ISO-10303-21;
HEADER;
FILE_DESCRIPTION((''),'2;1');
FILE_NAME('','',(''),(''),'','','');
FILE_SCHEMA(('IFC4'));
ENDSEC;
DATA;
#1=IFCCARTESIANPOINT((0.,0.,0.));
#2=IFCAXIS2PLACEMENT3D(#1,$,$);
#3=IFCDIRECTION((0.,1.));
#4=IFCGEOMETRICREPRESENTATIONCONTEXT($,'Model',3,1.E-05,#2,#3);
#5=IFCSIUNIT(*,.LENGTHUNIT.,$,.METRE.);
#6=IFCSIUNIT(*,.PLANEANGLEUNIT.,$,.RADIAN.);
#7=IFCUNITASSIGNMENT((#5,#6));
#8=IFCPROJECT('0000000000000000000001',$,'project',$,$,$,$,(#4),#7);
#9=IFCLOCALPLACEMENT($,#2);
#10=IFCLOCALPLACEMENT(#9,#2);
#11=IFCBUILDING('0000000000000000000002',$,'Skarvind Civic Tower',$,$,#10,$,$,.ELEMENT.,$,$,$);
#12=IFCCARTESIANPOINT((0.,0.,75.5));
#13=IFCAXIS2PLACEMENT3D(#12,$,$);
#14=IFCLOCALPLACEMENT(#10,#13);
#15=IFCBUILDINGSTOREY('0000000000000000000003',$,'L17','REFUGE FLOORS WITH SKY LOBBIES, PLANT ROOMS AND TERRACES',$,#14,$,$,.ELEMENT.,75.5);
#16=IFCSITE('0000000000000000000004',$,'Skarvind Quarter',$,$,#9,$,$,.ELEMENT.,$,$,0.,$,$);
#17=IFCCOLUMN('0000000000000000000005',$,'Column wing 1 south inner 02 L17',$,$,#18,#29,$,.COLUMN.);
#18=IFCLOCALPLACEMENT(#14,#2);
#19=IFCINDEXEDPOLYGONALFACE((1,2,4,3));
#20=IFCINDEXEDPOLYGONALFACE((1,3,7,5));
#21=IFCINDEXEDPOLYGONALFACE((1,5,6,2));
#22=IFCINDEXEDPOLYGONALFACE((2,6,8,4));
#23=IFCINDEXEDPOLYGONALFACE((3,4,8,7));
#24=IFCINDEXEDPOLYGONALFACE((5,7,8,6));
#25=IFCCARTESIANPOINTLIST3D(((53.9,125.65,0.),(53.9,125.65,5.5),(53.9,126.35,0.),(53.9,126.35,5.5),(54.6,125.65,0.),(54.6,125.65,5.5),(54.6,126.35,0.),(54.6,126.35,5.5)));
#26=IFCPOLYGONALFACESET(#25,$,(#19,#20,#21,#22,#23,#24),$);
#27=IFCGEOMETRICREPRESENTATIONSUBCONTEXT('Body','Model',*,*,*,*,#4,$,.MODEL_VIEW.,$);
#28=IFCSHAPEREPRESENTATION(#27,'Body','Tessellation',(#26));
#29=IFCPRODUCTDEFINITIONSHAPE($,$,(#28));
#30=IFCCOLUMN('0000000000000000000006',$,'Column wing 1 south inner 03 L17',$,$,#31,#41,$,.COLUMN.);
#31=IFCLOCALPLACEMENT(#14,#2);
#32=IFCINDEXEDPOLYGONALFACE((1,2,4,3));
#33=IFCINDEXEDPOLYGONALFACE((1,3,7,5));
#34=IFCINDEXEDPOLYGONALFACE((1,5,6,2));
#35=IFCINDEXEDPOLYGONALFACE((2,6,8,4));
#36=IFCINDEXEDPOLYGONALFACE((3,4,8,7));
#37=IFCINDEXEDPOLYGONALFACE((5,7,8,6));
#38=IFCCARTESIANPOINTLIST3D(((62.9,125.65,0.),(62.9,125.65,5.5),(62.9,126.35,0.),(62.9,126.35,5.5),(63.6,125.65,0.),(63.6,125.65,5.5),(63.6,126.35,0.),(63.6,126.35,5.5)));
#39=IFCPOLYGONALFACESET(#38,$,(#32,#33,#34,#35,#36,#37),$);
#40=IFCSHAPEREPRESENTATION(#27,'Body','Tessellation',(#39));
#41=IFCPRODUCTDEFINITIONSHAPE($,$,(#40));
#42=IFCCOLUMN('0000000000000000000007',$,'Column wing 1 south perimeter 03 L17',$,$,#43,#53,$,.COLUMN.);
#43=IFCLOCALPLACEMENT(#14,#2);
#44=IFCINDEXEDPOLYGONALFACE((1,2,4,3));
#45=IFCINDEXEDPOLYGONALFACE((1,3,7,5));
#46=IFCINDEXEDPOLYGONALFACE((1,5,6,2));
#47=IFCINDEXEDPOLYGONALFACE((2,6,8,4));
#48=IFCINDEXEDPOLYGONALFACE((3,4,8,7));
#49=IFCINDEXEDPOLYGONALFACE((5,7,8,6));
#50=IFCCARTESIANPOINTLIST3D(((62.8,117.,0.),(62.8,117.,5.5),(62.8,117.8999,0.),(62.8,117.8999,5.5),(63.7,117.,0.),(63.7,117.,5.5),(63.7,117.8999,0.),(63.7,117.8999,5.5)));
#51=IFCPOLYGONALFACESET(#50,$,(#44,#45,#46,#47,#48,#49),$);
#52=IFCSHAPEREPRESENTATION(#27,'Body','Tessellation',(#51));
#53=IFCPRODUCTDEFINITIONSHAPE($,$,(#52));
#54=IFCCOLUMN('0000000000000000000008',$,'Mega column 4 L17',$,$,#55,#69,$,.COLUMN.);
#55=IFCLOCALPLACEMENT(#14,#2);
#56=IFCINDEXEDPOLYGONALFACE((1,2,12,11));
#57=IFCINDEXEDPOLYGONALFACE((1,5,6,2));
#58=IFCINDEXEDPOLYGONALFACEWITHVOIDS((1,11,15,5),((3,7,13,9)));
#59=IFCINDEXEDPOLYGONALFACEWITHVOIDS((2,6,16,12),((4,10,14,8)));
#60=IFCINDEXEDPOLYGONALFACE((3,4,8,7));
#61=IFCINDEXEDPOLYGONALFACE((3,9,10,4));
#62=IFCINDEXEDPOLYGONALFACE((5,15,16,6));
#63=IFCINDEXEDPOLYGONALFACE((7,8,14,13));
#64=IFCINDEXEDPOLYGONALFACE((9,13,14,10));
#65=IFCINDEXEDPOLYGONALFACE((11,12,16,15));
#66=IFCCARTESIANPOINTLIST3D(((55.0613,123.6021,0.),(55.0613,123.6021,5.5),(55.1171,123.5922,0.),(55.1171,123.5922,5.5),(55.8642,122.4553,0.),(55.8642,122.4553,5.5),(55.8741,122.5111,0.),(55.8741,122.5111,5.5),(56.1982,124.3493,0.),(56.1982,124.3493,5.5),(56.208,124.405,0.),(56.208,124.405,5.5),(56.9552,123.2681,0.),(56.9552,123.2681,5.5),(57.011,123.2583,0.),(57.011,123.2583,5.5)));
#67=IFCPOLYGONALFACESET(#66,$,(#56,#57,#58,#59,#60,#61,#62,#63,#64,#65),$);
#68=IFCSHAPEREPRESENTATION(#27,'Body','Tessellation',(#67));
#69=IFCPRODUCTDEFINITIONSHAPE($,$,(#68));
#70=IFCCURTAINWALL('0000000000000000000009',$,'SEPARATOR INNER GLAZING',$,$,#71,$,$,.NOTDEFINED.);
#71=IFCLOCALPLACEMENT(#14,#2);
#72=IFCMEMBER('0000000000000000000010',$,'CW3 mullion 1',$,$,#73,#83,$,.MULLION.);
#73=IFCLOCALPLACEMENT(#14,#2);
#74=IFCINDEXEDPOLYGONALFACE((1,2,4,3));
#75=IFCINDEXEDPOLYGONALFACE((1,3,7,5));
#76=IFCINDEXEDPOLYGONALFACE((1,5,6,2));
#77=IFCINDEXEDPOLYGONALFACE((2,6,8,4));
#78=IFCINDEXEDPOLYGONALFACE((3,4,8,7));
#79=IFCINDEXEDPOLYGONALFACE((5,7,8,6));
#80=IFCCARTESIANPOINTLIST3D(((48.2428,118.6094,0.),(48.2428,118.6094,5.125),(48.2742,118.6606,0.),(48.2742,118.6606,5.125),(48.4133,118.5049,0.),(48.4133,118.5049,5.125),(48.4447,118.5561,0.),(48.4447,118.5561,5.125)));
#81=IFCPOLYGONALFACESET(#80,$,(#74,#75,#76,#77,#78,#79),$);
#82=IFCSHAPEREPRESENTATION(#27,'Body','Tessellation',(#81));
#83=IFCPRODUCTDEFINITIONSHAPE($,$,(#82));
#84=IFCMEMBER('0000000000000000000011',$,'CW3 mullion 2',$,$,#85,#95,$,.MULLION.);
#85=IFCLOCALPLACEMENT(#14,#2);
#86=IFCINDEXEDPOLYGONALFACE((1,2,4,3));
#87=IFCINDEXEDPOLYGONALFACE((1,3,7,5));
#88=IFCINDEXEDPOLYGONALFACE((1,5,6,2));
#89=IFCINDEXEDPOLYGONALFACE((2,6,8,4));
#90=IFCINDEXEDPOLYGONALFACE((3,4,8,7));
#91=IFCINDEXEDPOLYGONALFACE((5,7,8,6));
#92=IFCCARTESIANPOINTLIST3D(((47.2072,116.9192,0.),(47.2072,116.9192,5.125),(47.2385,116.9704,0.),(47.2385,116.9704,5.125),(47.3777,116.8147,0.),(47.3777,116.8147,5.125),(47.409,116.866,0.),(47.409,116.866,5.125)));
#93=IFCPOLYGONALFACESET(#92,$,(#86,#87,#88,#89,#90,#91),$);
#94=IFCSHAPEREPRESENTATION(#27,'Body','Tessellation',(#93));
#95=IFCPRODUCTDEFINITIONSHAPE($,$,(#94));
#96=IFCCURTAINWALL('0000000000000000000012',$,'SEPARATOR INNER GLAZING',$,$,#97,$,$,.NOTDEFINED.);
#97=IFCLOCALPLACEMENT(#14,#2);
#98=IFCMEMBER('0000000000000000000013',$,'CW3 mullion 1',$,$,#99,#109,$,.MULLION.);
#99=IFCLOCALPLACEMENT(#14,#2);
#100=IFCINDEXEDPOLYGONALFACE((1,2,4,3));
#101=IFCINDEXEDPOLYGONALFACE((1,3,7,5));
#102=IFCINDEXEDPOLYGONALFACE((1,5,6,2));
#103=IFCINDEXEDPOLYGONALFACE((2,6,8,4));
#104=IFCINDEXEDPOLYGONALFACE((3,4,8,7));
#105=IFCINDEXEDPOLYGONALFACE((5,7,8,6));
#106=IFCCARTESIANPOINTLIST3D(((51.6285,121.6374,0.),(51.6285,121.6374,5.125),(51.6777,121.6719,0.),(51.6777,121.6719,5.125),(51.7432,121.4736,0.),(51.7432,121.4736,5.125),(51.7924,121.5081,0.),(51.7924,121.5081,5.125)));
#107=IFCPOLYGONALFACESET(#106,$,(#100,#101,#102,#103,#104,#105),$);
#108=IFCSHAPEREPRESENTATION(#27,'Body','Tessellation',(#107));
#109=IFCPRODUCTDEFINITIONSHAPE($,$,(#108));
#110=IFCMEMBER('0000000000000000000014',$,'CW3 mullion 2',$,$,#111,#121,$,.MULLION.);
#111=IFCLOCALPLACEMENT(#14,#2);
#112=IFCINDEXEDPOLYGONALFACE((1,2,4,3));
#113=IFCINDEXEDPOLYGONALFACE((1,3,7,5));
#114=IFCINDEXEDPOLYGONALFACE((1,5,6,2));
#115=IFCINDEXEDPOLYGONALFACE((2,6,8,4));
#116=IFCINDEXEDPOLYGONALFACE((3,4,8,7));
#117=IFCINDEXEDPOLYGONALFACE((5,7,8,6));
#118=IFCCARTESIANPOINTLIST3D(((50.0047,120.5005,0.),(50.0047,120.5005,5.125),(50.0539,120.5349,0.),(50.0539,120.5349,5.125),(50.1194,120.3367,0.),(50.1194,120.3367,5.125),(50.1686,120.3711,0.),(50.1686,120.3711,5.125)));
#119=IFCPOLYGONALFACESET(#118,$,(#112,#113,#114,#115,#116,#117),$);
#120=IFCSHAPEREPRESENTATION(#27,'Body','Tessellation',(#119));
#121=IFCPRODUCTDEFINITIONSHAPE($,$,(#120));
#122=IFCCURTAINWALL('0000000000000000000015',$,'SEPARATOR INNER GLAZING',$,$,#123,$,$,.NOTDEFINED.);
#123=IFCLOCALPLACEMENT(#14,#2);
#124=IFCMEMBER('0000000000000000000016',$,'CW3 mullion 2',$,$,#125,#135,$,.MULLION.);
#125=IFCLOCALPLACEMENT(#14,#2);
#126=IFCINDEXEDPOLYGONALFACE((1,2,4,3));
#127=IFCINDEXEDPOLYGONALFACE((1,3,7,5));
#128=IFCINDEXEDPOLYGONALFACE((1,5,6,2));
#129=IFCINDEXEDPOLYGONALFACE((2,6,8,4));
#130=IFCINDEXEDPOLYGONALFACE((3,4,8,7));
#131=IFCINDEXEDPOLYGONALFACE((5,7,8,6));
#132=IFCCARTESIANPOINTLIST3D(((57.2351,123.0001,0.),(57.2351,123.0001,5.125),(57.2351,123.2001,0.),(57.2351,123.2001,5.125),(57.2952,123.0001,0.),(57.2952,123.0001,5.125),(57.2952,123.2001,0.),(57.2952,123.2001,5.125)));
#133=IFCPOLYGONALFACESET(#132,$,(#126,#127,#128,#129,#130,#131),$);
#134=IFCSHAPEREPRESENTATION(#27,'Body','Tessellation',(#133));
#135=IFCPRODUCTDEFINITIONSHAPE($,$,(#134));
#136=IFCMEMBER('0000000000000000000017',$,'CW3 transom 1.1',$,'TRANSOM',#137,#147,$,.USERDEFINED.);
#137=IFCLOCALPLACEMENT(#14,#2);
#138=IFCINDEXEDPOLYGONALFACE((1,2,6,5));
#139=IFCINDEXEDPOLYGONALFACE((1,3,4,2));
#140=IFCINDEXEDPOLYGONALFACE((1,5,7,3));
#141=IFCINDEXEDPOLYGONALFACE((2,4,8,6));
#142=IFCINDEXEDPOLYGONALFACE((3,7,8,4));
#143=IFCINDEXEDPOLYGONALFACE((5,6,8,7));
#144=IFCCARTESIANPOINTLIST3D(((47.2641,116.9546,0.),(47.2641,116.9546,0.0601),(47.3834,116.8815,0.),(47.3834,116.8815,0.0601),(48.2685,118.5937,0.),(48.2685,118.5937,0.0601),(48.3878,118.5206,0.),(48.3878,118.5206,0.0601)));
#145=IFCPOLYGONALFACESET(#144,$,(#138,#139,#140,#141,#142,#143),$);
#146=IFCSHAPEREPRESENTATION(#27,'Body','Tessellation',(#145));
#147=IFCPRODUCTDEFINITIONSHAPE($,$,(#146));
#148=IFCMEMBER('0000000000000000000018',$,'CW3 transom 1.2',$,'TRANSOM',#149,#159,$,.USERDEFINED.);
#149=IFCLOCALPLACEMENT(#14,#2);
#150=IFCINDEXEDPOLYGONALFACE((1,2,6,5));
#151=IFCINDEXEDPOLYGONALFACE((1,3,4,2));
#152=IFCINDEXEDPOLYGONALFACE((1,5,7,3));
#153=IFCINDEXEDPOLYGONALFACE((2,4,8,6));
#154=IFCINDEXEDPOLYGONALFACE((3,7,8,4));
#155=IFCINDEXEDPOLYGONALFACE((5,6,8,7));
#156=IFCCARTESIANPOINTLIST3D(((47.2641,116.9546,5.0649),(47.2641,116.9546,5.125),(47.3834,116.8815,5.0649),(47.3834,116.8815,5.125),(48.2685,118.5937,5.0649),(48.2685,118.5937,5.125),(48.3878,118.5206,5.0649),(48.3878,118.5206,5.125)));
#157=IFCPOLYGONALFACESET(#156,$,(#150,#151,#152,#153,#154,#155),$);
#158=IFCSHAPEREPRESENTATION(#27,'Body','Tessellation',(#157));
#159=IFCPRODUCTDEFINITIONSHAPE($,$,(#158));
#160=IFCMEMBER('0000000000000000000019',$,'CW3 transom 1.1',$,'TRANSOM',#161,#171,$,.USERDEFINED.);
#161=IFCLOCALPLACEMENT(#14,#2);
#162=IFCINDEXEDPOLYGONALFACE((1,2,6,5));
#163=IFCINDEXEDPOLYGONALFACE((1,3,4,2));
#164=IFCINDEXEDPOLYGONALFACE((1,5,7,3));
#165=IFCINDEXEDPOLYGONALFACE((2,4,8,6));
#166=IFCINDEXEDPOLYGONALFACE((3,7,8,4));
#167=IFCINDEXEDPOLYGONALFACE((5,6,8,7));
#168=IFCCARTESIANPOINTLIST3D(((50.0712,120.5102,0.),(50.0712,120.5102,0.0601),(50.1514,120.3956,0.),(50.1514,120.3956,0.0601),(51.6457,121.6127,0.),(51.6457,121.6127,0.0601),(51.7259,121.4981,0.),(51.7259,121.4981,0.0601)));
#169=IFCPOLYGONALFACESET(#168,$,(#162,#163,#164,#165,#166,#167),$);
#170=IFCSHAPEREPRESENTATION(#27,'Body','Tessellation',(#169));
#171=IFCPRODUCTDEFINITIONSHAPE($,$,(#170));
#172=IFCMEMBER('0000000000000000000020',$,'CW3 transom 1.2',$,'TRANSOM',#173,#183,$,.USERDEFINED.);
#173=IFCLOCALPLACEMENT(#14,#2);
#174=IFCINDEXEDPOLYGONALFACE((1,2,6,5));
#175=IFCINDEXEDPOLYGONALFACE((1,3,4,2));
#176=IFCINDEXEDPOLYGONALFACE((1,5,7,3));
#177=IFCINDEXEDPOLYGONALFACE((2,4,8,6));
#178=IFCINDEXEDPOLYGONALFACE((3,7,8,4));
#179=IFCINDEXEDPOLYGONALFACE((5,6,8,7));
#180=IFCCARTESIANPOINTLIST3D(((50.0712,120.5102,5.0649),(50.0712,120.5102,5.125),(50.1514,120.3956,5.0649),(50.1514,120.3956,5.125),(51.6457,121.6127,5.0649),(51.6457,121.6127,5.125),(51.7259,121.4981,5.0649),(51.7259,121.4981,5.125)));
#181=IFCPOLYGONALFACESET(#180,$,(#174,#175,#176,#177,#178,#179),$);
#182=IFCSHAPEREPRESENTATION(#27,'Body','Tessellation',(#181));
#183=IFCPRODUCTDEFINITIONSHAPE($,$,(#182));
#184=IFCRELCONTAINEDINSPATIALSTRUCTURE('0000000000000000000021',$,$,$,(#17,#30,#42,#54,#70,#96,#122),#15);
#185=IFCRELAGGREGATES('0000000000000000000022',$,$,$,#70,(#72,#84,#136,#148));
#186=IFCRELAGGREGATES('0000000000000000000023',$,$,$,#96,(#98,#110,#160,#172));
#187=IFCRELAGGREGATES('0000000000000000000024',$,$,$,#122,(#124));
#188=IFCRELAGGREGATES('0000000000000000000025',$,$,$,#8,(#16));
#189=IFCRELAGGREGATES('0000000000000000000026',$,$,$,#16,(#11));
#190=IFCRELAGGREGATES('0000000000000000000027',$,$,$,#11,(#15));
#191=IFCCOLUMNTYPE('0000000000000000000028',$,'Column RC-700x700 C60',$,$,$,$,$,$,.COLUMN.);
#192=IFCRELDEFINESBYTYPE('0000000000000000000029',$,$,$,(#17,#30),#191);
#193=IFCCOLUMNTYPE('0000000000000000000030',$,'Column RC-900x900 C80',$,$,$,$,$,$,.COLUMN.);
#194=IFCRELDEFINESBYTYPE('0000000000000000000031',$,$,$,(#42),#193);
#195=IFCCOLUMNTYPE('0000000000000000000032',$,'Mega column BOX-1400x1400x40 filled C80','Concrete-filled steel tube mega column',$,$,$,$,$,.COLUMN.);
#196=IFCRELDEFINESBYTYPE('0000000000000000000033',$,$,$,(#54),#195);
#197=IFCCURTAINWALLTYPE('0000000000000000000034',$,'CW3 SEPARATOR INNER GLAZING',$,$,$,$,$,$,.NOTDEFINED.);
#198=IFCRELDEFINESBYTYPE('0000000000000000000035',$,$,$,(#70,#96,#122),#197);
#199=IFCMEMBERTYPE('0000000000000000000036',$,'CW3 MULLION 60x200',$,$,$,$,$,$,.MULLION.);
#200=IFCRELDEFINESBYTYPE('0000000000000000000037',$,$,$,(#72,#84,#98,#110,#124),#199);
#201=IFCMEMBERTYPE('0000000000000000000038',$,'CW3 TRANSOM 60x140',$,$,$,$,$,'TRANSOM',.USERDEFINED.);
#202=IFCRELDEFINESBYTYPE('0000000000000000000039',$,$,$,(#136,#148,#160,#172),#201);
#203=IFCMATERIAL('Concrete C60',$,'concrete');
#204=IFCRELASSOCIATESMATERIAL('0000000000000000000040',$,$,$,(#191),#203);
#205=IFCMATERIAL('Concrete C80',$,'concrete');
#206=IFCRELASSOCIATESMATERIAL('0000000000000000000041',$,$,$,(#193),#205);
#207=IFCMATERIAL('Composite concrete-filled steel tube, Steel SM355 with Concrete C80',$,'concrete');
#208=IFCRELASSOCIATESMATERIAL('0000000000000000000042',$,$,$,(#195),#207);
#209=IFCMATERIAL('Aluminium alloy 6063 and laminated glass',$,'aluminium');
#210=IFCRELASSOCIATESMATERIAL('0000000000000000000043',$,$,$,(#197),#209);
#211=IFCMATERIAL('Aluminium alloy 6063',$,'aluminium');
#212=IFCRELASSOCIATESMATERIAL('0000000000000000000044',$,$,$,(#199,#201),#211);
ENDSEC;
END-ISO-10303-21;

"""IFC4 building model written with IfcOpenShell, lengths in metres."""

from ifc_helpers import new_model, si_unit, direction, frame, origin, origin_2d, place, context, subcontext, project, spatial, rectangle, hollow_rectangle, extrude, material, material_profile, profile_set, type_object, element, aggregate, save


model = new_model("IFC4")

# Units and contexts
model_context = context("Model", 3, precision=1e-05, world=origin(), true_north=direction((0.0, 1.0)))
body_context = subcontext(model_context, "Body", "Model", "MODEL_VIEW")
ifc_project = project(units=[si_unit("LENGTHUNIT", "METRE"), si_unit("PLANEANGLEUNIT", "RADIAN")], contexts=[model_context])

# Site, building, storey
site_placement = place(None, origin())
site = spatial("IfcSite", under=ifc_project, at=site_placement, Name="Skarvind Quarter", CompositionType="ELEMENT", RefElevation=0.0)
building_placement = place(site_placement, origin())
building = spatial("IfcBuilding", under=site, at=building_placement, Name="Skarvind Civic Tower", CompositionType="ELEMENT")
storey_placement = place(building_placement, frame((0.0, 0.0, 75.5)))
storey = spatial("IfcBuildingStorey", under=building, at=storey_placement, Name="L17", Description="REFUGE FLOORS WITH SKY LOBBIES, PLANT ROOMS AND TERRACES", CompositionType="ELEMENT", Elevation=75.5)

# Columns
ifc_material_1 = material(Name="Concrete C60", Category="concrete")
ifc_material_profile_1 = material_profile(ifc_material_1, rectangle(XDim=0.7, YDim=0.7, at=origin_2d()), Name="RC-700x700")
ifc_profile_set_1 = profile_set([ifc_material_profile_1], Name="Concrete C60")
column_type_1 = type_object("IfcColumnType", Name="Column RC-700x700 C60", PredefinedType="COLUMN", material=ifc_profile_set_1)
for number, where, z_axis, x_axis, name in (
    (1, (54.25, 126.0, 0.0), (0.0, 0.0, 1.0), (1.0, 0.0, 0.0), "Column wing 1 south inner 02 L17"),
    (2, (63.25, 126.0, 0.0), (0.0, 0.0, 1.0), (1.0, 0.0, 0.0), "Column wing 1 south inner 03 L17"),
):
    element("IfcColumn", number, at=place(storey_placement, frame(where, z_axis=z_axis, x_axis=x_axis)), inside=storey, type_object=column_type_1, Name=name, PredefinedType="COLUMN", context=body_context, shape_type="SweptSolid", body=[
        extrude(rectangle(XDim=0.7, YDim=0.7, at=origin_2d()), origin(), (0.0, 0.0, 1.0), 5.5),
    ])
ifc_material_2 = material(Name="Concrete C80", Category="concrete")
ifc_material_profile_2 = material_profile(ifc_material_2, rectangle(XDim=0.8999, YDim=0.8999, at=origin_2d()), Name="RC-900x900")
ifc_profile_set_2 = profile_set([ifc_material_profile_2], Name="Concrete C80")
column_type_2 = type_object("IfcColumnType", Name="Column RC-900x900 C80", PredefinedType="COLUMN", material=ifc_profile_set_2)
column_1_placement = place(storey_placement, frame((63.25, 117.45, 0.0), z_axis=(0.0, 0.0, 1.0), x_axis=(1.0, 0.0, 0.0)))
element("IfcColumn", 3, at=column_1_placement, inside=storey, type_object=column_type_2, Name="Column wing 1 south perimeter 03 L17", PredefinedType="COLUMN", context=body_context, shape_type="SweptSolid", body=[
    extrude(rectangle(XDim=0.8999, YDim=0.8999, at=origin_2d()), origin(), (0.0, 0.0, 1.0), 5.5),
])
ifc_material_3 = material(Name="Composite concrete-filled steel tube, Steel SM355 with Concrete C80", Category="concrete")
ifc_material_profile_3 = material_profile(ifc_material_3, hollow_rectangle(XDim=1.3999, YDim=1.3999, WallThickness=0.04, at=origin_2d()), Name="BOX-1400x1400x40")
ifc_profile_set_3 = profile_set([ifc_material_profile_3], Name="Composite concrete-filled steel tube, Steel SM355 with Concrete C80")
column_type_3 = type_object("IfcColumnType", Name="Mega column BOX-1400x1400x40 filled C80", Description="Concrete-filled steel tube mega column", PredefinedType="COLUMN", material=ifc_profile_set_3)
column_2_placement = place(storey_placement, frame((56.0361, 123.4302, 0.0), z_axis=(0.0, 0.0, 1.0), x_axis=(0.573576, -0.819152, 0.0)))
element("IfcColumn", 4, at=column_2_placement, inside=storey, type_object=column_type_3, Name="Mega column 4 L17", PredefinedType="COLUMN", context=body_context, shape_type="SweptSolid", body=[
    extrude(hollow_rectangle(XDim=1.3999, YDim=1.3999, WallThickness=0.04, at=origin_2d()), origin(), (0.0, 0.0, 1.0), 5.5),
])

# Curtain walls, members
ifc_material_4 = material(Name="Aluminium alloy 6063 and laminated glass", Category="aluminium")
curtain_wall_type = type_object("IfcCurtainWallType", Name="CW3 SEPARATOR INNER GLAZING", PredefinedType="NOTDEFINED", material=ifc_material_4)
curtain_wall_1_placement = place(storey_placement, origin())
curtain_wall_1 = element("IfcCurtainWall", 5, at=curtain_wall_1_placement, inside=storey, type_object=curtain_wall_type, Name="SEPARATOR INNER GLAZING", PredefinedType="NOTDEFINED")
ifc_material_5 = material(Name="Aluminium alloy 6063", Category="aluminium")
ifc_material_profile_4 = material_profile(ifc_material_5, rectangle(XDim=0.2, YDim=0.0601, at=origin_2d()), Name="AL 60x200")
ifc_profile_set_4 = profile_set([ifc_material_profile_4], Name="Aluminium alloy 6063")
member_type_1 = type_object("IfcMemberType", Name="CW3 MULLION 60x200", PredefinedType="MULLION", material=ifc_profile_set_4)
member_1_placement = place(storey_placement, frame((48.3438, 118.5828, 0.0), z_axis=(0.0, 0.0, 1.0), x_axis=(0.852691, -0.522416, 0.0)))
member_1 = element("IfcMember", 6, at=member_1_placement, type_object=member_type_1, Name="CW3 mullion 1", PredefinedType="MULLION", context=body_context, shape_type="SweptSolid", body=[
    extrude(rectangle(XDim=0.2, YDim=0.0601, at=origin_2d()), origin(), (0.0, 0.0, 1.0), 5.125),
])
member_2_placement = place(storey_placement, frame((47.3081, 116.8926, 0.0), z_axis=(0.0, 0.0, 1.0), x_axis=(0.852691, -0.522416, 0.0)))
member_2 = element("IfcMember", 7, at=member_2_placement, type_object=member_type_1, Name="CW3 mullion 2", PredefinedType="MULLION", context=body_context, shape_type="SweptSolid", body=[
    extrude(rectangle(XDim=0.2, YDim=0.0601, at=origin_2d()), origin(), (0.0, 0.0, 1.0), 5.125),
])
curtain_wall_2_placement = place(storey_placement, origin())
curtain_wall_2 = element("IfcCurtainWall", 8, at=curtain_wall_2_placement, inside=storey, type_object=curtain_wall_type, Name="SEPARATOR INNER GLAZING", PredefinedType="NOTDEFINED")
member_3_placement = place(storey_placement, frame((51.7104, 121.5728, 0.0), z_axis=(0.0, 0.0, 1.0), x_axis=(0.573584, -0.819147, 0.0)))
member_3 = element("IfcMember", 9, at=member_3_placement, type_object=member_type_1, Name="CW3 mullion 1", PredefinedType="MULLION", context=body_context, shape_type="SweptSolid", body=[
    extrude(rectangle(XDim=0.2, YDim=0.0601, at=origin_2d()), origin(), (0.0, 0.0, 1.0), 5.125),
])
member_4_placement = place(storey_placement, frame((50.0867, 120.4358, 0.0), z_axis=(0.0, 0.0, 1.0), x_axis=(0.573584, -0.819147, 0.0)))
member_4 = element("IfcMember", 10, at=member_4_placement, type_object=member_type_1, Name="CW3 mullion 2", PredefinedType="MULLION", context=body_context, shape_type="SweptSolid", body=[
    extrude(rectangle(XDim=0.2, YDim=0.0601, at=origin_2d()), origin(), (0.0, 0.0, 1.0), 5.125),
])

# Curtain wall, member
curtain_wall_3_placement = place(storey_placement, origin())
curtain_wall_3 = element("IfcCurtainWall", 11, at=curtain_wall_3_placement, inside=storey, type_object=curtain_wall_type, Name="SEPARATOR INNER GLAZING", PredefinedType="NOTDEFINED")
member_5_placement = place(storey_placement, frame((57.2651, 123.1001, 0.0), z_axis=(0.0, 0.0, 1.0), x_axis=(0.0, -1.0, 0.0)))
member_5 = element("IfcMember", 12, at=member_5_placement, type_object=member_type_1, Name="CW3 mullion 2", PredefinedType="MULLION", context=body_context, shape_type="SweptSolid", body=[
    extrude(rectangle(XDim=0.2, YDim=0.0601, at=origin_2d()), origin(), (0.0, 0.0, 1.0), 5.125),
])

# Members
ifc_material_profile_5 = material_profile(ifc_material_5, rectangle(XDim=0.1399, YDim=0.0601, at=origin_2d()), Name="AL 60x140")
ifc_profile_set_5 = profile_set([ifc_material_profile_5], Name="Aluminium alloy 6063")
member_type_2 = type_object("IfcMemberType", Name="CW3 TRANSOM 60x140", ElementType="TRANSOM", PredefinedType="USERDEFINED", material=ifc_profile_set_5)
member_6_placement = place(storey_placement, frame((48.3281, 118.5571, 0.03), z_axis=(-0.522467, -0.85266, 0.0), x_axis=(0.85266, -0.522467, 0.0)))
member_6 = element("IfcMember", 13, at=member_6_placement, type_object=member_type_2, Name="CW3 transom 1.1", ObjectType="TRANSOM", PredefinedType="USERDEFINED", context=body_context, shape_type="SweptSolid", body=[
    extrude(rectangle(XDim=0.1399, YDim=0.0601, at=origin_2d()), origin(), (0.0, 0.0, 1.0), 1.9224),
])
member_7_placement = place(storey_placement, frame((48.3281, 118.5571, 5.095), z_axis=(-0.522467, -0.85266, 0.0), x_axis=(0.85266, -0.522467, 0.0)))
member_7 = element("IfcMember", 14, at=member_7_placement, type_object=member_type_2, Name="CW3 transom 1.2", ObjectType="TRANSOM", PredefinedType="USERDEFINED", context=body_context, shape_type="SweptSolid", body=[
    extrude(rectangle(XDim=0.1399, YDim=0.0601, at=origin_2d()), origin(), (0.0, 0.0, 1.0), 1.9224),
])
member_8_placement = place(storey_placement, frame((51.6858, 121.5554, 0.03), z_axis=(-0.81913, -0.573607, 0.0), x_axis=(0.573607, -0.81913, 0.0)))
member_8 = element("IfcMember", 15, at=member_8_placement, type_object=member_type_2, Name="CW3 transom 1.1", ObjectType="TRANSOM", PredefinedType="USERDEFINED", context=body_context, shape_type="SweptSolid", body=[
    extrude(rectangle(XDim=0.1399, YDim=0.0601, at=origin_2d()), origin(), (0.0, 0.0, 1.0), 1.9221),
])
member_9_placement = place(storey_placement, frame((51.6858, 121.5554, 5.095), z_axis=(-0.81913, -0.573607, 0.0), x_axis=(0.573607, -0.81913, 0.0)))
member_9 = element("IfcMember", 16, at=member_9_placement, type_object=member_type_2, Name="CW3 transom 1.2", ObjectType="TRANSOM", PredefinedType="USERDEFINED", context=body_context, shape_type="SweptSolid", body=[
    extrude(rectangle(XDim=0.1399, YDim=0.0601, at=origin_2d()), origin(), (0.0, 0.0, 1.0), 1.9221),
])

aggregate(curtain_wall_1, [member_1, member_2, member_6, member_7])
aggregate(curtain_wall_2, [member_3, member_4, member_8, member_9])
aggregate(curtain_wall_3, [member_5])

save(model, "model.ifc")
